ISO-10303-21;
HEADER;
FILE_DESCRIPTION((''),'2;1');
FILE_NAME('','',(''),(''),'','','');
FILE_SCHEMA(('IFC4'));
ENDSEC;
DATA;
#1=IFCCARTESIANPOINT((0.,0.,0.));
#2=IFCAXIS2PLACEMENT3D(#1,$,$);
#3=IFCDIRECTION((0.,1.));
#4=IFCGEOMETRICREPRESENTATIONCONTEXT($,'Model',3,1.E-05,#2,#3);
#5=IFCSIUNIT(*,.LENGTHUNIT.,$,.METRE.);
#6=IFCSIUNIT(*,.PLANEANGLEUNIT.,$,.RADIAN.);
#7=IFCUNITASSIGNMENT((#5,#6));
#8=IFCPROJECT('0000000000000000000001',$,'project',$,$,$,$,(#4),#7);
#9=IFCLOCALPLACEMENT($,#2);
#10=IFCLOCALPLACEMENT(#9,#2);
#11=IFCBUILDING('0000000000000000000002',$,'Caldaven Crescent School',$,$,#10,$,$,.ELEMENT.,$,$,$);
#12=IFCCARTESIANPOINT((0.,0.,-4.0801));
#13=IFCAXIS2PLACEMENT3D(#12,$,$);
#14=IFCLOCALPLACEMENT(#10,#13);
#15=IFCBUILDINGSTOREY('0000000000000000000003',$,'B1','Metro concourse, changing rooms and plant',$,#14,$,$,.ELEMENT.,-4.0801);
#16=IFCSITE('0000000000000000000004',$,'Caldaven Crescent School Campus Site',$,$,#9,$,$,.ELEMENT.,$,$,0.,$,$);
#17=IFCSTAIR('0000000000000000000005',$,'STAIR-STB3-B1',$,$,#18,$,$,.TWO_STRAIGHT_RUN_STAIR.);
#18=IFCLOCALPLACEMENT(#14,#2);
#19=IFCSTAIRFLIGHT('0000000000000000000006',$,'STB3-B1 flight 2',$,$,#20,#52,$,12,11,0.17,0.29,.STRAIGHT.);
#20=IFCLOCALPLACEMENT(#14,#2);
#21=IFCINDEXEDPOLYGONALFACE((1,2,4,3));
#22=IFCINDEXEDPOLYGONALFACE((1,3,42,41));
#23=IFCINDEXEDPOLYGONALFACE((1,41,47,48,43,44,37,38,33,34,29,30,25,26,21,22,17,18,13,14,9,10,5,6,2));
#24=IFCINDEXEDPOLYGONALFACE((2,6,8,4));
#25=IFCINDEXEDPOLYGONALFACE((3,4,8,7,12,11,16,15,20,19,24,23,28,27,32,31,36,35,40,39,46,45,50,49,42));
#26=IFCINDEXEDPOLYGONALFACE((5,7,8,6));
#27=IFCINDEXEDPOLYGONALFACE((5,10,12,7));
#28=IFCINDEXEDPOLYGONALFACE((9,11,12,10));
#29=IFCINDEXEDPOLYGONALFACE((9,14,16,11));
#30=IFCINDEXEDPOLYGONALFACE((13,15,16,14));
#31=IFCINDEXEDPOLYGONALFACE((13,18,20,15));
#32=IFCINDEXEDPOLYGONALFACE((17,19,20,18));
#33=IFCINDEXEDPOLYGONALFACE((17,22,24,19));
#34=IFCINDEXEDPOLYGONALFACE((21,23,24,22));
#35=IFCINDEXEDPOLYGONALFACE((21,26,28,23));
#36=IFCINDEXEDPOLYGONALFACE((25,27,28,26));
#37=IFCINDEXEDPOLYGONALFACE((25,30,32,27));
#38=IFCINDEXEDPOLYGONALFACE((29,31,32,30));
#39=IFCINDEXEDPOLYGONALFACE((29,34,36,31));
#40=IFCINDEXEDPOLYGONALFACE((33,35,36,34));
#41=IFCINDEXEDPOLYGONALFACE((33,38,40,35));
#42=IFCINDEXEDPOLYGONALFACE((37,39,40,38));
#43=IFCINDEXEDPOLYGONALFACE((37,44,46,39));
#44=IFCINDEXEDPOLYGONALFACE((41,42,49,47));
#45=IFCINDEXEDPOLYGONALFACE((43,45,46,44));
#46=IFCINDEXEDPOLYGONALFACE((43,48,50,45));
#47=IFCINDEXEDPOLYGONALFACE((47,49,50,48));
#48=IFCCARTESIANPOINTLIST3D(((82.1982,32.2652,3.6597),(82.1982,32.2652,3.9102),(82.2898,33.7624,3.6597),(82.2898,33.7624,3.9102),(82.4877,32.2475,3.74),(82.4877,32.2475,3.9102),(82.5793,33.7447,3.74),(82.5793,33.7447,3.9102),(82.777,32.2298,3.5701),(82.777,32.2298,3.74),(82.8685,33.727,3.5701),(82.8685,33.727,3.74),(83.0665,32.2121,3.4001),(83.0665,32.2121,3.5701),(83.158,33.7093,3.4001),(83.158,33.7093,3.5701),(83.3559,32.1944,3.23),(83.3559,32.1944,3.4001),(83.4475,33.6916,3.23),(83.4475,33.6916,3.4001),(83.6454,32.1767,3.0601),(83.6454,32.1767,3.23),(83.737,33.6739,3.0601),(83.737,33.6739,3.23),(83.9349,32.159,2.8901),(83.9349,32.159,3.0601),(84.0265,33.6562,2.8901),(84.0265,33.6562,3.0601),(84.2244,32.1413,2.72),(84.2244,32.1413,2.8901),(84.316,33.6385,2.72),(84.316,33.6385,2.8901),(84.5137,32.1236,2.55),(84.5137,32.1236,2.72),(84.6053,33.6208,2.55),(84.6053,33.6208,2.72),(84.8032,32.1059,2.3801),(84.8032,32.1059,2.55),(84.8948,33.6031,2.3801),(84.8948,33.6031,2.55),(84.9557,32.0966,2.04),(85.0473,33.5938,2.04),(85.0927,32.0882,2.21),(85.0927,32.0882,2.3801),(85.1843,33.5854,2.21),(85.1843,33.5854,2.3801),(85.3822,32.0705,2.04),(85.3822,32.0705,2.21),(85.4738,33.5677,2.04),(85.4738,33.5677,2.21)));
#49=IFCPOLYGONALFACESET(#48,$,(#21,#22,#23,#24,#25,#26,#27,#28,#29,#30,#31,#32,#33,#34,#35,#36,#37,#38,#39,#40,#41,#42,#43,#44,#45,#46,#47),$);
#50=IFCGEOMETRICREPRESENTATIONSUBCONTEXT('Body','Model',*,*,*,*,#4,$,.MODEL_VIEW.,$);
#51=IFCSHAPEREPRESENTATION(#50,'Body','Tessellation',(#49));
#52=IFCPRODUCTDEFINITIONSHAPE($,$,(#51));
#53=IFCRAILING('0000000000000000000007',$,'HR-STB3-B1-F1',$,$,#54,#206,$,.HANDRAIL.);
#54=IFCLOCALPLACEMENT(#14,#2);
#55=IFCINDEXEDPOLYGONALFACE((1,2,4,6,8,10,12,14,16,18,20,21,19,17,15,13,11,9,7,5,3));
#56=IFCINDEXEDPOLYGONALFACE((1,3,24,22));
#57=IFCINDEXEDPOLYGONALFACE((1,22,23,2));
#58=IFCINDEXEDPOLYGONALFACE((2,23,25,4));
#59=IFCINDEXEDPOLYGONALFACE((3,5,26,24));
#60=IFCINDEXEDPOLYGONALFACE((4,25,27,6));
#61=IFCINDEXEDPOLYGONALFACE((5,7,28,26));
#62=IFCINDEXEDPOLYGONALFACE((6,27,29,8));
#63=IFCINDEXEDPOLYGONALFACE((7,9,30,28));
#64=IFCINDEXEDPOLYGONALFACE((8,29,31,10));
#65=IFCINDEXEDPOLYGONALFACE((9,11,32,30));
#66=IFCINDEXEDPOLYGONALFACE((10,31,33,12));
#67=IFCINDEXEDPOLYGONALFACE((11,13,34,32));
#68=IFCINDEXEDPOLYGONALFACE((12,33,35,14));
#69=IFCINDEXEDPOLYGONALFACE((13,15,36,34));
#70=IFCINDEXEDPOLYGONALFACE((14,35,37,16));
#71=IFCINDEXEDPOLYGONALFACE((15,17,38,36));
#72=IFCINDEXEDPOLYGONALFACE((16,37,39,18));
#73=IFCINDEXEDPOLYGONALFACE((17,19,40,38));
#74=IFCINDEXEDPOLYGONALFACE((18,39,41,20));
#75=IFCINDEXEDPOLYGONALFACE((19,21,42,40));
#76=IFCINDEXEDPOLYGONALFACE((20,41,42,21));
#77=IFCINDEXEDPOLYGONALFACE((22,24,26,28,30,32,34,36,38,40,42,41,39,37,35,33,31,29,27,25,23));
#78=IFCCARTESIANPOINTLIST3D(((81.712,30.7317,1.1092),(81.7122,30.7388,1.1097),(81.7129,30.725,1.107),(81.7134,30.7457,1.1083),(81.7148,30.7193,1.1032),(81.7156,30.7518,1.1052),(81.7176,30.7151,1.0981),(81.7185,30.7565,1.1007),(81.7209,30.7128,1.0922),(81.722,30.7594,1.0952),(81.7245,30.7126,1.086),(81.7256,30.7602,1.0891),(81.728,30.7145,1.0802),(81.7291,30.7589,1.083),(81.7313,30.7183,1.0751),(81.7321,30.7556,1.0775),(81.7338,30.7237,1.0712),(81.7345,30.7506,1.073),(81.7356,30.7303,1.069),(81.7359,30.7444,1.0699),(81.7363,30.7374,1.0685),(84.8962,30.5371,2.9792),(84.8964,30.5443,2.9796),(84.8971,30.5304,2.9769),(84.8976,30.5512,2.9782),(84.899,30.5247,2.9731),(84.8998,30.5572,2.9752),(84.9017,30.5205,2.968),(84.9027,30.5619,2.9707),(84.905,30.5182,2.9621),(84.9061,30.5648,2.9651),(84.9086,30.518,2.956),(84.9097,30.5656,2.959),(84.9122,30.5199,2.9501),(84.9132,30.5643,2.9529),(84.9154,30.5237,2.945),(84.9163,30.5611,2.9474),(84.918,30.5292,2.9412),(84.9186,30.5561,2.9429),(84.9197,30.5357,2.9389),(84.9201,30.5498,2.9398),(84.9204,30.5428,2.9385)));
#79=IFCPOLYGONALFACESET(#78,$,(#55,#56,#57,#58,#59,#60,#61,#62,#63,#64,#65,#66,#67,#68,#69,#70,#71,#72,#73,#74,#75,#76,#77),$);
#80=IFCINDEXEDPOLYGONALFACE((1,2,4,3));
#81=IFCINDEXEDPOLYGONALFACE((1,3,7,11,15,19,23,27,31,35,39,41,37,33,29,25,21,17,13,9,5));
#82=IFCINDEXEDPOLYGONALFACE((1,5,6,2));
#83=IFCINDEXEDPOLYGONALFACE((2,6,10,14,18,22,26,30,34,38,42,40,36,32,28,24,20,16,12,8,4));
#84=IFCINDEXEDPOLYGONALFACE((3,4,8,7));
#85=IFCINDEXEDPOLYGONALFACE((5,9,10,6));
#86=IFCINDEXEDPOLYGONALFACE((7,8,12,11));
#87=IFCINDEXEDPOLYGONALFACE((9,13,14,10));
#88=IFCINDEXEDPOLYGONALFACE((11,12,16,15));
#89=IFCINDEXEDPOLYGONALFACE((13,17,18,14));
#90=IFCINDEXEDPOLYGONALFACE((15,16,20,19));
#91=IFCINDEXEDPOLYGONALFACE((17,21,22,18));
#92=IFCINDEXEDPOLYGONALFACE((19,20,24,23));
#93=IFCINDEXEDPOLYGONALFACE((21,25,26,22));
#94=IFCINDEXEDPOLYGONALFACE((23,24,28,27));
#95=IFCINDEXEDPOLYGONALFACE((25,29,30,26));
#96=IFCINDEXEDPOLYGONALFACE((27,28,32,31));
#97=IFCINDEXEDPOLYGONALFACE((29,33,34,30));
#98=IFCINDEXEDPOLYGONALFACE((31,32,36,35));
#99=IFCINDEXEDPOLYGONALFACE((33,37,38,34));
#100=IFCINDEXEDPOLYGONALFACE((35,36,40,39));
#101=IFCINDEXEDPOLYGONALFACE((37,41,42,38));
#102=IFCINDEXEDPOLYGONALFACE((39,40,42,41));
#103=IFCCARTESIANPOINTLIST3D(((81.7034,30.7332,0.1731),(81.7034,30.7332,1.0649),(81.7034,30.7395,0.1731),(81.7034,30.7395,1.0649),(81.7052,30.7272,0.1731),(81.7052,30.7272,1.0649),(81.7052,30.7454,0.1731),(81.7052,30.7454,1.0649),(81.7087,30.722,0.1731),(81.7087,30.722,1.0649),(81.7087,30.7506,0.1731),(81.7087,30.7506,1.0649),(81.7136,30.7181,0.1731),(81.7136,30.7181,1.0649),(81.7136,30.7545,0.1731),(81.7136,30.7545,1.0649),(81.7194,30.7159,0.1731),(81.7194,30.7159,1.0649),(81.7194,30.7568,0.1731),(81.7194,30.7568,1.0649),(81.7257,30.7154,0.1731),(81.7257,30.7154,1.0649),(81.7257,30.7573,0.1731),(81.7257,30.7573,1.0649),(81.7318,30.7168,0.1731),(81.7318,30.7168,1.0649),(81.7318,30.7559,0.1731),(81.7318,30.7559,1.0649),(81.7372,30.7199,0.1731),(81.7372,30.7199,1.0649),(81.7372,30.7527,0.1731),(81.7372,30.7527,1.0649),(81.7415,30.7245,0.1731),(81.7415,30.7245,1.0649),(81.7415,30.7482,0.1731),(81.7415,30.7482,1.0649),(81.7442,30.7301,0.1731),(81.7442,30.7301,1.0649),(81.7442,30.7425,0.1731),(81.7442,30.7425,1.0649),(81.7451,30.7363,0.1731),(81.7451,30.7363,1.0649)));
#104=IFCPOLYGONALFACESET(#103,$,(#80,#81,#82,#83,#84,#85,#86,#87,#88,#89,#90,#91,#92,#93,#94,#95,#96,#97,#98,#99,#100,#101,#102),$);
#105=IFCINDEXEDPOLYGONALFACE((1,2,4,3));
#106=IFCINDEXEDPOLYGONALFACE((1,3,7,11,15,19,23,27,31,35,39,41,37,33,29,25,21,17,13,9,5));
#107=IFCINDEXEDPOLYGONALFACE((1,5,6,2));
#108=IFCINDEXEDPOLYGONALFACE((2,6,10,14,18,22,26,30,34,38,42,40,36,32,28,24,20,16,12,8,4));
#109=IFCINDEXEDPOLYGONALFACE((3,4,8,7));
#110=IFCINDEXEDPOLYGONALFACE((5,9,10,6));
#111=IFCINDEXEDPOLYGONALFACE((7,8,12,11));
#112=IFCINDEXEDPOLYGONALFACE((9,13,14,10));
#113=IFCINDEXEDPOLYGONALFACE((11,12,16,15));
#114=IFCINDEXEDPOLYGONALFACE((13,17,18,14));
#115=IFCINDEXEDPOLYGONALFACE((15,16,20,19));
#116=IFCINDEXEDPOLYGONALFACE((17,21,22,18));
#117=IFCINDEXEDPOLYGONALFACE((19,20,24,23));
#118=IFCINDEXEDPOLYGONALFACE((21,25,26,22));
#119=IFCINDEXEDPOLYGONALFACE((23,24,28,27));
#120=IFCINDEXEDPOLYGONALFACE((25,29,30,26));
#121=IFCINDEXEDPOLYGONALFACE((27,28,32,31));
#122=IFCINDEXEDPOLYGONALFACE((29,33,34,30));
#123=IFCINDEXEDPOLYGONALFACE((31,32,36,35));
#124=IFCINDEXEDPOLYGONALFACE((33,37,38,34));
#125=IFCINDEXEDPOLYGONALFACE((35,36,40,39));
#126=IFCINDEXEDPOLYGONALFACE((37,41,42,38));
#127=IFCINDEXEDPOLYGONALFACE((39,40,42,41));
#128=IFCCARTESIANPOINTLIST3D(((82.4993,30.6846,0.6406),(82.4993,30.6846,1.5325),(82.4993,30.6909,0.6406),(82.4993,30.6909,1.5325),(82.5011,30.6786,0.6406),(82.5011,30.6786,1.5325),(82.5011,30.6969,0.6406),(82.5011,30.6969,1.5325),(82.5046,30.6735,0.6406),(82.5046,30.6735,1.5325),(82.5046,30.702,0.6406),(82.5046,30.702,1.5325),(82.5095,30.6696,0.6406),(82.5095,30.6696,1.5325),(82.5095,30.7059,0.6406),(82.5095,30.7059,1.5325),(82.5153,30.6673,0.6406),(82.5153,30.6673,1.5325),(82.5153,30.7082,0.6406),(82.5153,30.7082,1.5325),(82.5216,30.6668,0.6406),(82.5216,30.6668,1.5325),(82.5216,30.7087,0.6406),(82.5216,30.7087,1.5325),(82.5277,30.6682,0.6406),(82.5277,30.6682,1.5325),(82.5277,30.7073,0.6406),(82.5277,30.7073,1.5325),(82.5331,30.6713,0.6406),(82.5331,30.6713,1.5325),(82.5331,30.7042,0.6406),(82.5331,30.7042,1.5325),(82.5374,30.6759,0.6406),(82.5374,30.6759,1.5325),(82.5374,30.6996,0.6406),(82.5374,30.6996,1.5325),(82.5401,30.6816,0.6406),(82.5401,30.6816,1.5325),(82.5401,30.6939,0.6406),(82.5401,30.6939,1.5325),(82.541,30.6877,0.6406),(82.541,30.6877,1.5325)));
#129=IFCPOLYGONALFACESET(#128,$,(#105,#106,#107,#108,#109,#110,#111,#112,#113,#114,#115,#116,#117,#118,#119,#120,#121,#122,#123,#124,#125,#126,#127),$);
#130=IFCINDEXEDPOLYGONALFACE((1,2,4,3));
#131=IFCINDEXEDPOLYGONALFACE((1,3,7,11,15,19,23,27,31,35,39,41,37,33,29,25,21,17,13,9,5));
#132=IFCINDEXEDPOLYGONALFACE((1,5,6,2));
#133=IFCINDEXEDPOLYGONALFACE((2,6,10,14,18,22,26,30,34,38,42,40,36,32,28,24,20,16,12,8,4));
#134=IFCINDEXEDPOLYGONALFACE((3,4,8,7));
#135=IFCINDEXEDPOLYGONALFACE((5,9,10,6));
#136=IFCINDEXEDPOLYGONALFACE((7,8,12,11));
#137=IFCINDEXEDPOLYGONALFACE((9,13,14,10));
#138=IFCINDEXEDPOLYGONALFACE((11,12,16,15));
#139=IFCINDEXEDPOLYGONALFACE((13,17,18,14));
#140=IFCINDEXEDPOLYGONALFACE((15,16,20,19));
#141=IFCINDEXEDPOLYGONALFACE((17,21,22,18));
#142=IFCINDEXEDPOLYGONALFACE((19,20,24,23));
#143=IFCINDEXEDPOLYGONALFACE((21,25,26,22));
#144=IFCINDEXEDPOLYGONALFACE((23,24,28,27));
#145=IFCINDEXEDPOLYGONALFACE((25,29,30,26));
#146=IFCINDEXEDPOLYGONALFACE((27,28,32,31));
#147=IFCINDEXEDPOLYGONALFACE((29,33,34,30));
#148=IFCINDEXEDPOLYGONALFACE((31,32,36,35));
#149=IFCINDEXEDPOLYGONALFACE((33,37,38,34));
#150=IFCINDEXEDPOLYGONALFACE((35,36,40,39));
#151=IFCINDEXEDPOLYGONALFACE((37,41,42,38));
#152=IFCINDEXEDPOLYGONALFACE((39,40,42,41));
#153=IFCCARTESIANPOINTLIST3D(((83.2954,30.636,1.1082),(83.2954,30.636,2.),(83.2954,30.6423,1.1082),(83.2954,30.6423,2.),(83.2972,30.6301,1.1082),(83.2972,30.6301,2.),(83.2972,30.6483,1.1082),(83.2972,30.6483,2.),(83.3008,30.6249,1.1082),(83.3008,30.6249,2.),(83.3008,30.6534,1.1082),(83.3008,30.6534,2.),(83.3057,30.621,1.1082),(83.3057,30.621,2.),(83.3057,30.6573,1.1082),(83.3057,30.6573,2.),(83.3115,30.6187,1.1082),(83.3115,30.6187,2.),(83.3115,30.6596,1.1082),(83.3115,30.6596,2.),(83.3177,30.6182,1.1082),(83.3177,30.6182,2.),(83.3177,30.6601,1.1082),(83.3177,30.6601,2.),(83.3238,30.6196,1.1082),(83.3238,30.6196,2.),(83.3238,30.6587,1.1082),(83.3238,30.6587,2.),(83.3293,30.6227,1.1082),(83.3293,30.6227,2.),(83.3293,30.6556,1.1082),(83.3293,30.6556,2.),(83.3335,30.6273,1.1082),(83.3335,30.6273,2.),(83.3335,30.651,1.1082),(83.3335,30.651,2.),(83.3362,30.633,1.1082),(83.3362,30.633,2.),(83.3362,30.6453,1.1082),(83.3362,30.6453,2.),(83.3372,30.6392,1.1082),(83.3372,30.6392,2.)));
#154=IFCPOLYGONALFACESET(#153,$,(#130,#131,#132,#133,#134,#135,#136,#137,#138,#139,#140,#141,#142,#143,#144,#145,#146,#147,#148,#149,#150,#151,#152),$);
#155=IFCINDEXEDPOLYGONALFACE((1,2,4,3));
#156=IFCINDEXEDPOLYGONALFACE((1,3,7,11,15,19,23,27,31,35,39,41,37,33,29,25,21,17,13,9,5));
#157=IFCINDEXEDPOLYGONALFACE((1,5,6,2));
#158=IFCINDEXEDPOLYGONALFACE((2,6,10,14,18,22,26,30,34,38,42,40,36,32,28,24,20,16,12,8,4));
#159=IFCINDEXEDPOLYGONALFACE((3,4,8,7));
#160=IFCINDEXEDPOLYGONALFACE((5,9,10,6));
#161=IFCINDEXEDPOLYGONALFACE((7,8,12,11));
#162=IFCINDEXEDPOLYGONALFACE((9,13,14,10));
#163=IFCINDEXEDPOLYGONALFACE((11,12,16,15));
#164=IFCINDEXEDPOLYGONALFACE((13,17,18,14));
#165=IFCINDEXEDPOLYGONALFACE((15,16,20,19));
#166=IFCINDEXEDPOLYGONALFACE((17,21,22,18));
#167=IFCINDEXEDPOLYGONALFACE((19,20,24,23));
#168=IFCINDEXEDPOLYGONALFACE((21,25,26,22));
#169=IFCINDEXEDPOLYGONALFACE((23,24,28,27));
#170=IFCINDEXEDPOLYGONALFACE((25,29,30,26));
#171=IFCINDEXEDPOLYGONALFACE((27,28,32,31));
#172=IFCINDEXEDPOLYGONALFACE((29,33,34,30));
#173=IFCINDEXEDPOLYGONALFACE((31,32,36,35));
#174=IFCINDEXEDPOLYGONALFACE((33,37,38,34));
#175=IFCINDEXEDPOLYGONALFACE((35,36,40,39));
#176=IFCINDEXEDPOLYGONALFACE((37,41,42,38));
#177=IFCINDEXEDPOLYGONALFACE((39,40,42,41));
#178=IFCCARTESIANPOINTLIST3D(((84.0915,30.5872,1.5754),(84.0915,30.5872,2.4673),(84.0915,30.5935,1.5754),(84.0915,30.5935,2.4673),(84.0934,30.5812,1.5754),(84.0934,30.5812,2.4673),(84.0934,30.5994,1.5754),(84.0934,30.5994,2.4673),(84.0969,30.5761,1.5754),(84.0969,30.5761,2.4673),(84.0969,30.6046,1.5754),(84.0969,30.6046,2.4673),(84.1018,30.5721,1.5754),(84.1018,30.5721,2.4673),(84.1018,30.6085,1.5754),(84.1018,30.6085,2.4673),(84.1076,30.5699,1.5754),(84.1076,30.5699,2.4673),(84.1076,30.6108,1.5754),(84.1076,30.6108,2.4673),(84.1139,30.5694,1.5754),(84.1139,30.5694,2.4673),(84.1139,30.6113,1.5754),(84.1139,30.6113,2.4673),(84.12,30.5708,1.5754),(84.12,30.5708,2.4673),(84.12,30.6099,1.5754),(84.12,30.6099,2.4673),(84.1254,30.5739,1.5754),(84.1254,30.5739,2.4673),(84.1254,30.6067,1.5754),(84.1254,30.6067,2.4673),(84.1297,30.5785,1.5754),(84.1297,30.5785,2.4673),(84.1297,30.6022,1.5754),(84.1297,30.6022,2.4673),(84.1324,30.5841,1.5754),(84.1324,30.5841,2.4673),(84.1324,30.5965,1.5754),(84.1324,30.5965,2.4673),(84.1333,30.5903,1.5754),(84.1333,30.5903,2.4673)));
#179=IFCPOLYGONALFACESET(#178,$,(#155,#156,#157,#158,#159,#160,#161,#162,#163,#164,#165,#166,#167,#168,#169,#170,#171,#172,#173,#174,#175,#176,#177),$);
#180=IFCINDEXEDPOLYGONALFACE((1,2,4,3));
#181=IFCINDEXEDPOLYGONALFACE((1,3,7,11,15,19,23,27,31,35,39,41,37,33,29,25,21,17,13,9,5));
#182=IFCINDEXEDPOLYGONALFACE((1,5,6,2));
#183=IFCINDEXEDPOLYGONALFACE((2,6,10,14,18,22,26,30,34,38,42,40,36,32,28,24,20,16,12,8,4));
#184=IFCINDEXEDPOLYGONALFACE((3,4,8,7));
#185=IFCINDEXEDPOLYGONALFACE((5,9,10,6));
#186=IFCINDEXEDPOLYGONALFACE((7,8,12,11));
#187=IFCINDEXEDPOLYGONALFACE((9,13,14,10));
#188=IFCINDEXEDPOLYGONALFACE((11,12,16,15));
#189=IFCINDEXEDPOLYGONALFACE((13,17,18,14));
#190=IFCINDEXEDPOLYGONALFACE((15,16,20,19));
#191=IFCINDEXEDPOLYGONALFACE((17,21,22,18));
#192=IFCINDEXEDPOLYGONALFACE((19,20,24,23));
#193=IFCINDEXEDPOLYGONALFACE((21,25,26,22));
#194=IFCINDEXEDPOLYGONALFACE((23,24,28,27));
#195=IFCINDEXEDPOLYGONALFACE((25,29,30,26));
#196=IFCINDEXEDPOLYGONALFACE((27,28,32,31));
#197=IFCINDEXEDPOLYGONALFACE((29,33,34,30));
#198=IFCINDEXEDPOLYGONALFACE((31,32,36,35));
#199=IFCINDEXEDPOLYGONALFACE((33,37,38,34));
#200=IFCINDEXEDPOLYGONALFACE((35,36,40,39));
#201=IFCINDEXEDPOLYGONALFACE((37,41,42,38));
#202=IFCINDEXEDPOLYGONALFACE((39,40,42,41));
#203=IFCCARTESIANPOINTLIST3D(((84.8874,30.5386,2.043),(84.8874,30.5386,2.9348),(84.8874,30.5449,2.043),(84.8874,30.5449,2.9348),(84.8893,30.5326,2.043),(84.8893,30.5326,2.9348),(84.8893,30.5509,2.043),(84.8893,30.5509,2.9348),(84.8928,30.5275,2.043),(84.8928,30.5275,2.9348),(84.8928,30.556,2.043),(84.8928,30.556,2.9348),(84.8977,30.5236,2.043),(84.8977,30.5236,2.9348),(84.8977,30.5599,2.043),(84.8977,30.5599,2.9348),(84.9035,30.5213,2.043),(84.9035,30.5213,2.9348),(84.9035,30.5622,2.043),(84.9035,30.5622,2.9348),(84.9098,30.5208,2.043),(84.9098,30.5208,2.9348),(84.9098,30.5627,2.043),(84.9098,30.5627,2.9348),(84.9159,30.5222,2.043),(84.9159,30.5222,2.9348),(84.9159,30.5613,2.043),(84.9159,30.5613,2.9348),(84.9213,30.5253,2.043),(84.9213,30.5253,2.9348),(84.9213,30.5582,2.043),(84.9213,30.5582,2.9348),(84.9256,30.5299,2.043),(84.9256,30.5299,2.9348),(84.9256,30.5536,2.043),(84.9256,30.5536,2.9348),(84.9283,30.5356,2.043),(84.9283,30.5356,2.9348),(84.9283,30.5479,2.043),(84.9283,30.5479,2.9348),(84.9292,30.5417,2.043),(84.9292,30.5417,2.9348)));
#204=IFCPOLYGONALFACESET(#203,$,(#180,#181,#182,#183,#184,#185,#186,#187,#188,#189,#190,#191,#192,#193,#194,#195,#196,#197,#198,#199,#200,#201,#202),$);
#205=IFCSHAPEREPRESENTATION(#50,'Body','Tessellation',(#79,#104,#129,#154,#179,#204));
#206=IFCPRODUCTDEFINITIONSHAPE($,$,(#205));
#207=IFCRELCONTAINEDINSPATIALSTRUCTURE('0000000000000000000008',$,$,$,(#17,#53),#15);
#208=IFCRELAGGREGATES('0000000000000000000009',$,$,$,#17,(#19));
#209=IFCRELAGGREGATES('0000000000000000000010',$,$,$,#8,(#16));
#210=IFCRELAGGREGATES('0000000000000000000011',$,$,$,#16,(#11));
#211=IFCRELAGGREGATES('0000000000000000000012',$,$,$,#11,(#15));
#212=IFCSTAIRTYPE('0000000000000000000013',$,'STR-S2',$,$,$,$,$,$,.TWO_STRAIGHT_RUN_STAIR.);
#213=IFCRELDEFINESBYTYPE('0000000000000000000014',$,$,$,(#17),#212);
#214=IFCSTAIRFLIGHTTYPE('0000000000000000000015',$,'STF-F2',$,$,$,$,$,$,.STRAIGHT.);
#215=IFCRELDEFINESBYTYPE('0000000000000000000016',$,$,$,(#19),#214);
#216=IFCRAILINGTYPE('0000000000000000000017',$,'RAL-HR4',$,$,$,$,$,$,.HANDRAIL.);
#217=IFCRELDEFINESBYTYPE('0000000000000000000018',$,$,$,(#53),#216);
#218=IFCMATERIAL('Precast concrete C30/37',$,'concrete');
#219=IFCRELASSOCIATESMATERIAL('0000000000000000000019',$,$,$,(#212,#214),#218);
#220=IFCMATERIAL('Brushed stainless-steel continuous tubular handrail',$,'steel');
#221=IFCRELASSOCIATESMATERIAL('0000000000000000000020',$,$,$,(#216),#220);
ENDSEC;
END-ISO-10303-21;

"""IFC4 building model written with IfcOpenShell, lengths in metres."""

from ifc_helpers import new_model, si_unit, direction, frame, origin, origin_2d, place, context, subcontext, project, spatial, polyline, circle, outline, extrude, material, type_object, element, aggregate, save


model = new_model("IFC4")

# Units and contexts
model_context = context("Model", 3, precision=1e-05, world=origin(), true_north=direction((0.0, 1.0)))
body_context = subcontext(model_context, "Body", "Model", "MODEL_VIEW")
ifc_project = project(units=[si_unit("LENGTHUNIT", "METRE"), si_unit("PLANEANGLEUNIT", "RADIAN")], contexts=[model_context])

# Site, building, storey
site_placement = place(None, origin())
site = spatial("IfcSite", under=ifc_project, at=site_placement, Name="Caldaven Crescent School Campus Site", CompositionType="ELEMENT", RefElevation=0.0)
building_placement = place(site_placement, origin())
building = spatial("IfcBuilding", under=site, at=building_placement, Name="Caldaven Crescent School", CompositionType="ELEMENT")
storey_placement = place(building_placement, frame((0.0, 0.0, -4.0801)))
storey = spatial("IfcBuildingStorey", under=building, at=storey_placement, Name="B1", Description="Metro concourse, changing rooms and plant", CompositionType="ELEMENT", Elevation=-4.0801)

# Stair, stair flight
ifc_material_1 = material(Name="Precast concrete C30/37", Category="concrete")
stair_type = type_object("IfcStairType", Name="STR-S2", PredefinedType="TWO_STRAIGHT_RUN_STAIR", material=ifc_material_1)
stair_placement = place(storey_placement, origin())
stair = element("IfcStair", 1, at=stair_placement, inside=storey, type_object=stair_type, Name="STAIR-STB3-B1", PredefinedType="TWO_STRAIGHT_RUN_STAIR")
stair_flight_type = type_object("IfcStairFlightType", Name="STF-F2", PredefinedType="STRAIGHT", material=ifc_material_1)
stair_flight_1_placement = place(storey_placement, frame((85.428, 32.8191, 2.04), z_axis=(0.0, 0.0, 1.0), x_axis=(-0.998135, 0.061049, 0.0)))
stair_flight_1 = element("IfcStairFlight", 2, at=stair_flight_1_placement, type_object=stair_flight_type, Name="STB3-B1 flight 2", NumberOfRisers=12, NumberOfTreads=11, PredefinedType="STRAIGHT", RiserHeight=0.17, TreadLength=0.29, context=body_context, shape_type="SweptSolid", body=[
    extrude(outline(polyline([(0.0, 0.0), (0.0, 0.1699), (0.29, 0.1699), (0.29, 0.3401), (0.5801, 0.3401), (0.5801, 0.51), (0.8701, 0.51), (0.8701, 0.6799), (1.1599, 0.6799), (1.1599, 0.8501), (1.45, 0.8501), (1.45, 1.02), (1.74, 1.02), (1.74, 1.1899), (2.03, 1.1899), (2.03, 1.3601), (2.3201, 1.3601), (2.3201, 1.53), (2.6101, 1.53), (2.6101, 1.7), (2.8999, 1.7), (2.8999, 1.8701), (3.1899, 1.8701), (3.1899, 2.04), (3.1899, 1.6196), (0.4272, 0.0), (0.0, 0.0)])), frame((0.0, 0.75, 0.0), z_axis=(0.0, -1.0, 0.0), x_axis=(1.0, 0.0, 0.0)), (0.0, 0.0, 1.0), 1.5),
])
aggregate(stair, [stair_flight_1])

# Railing
ifc_material_2 = material(Name="Brushed stainless-steel continuous tubular handrail", Category="steel")
railing_type_1 = type_object("IfcRailingType", Name="RAL-HR4", PredefinedType="HANDRAIL", material=ifc_material_2)
railing_1_placement = place(storey_placement, frame((81.7241, 30.7363, 0.1731)))
element("IfcRailing", 3, at=railing_1_placement, inside=storey, type_object=railing_type_1, Name="HR-STB3-B1-F1", PredefinedType="HANDRAIL", context=body_context, shape_type="SweptSolid", body=[
    extrude(circle(Radius=0.0239, at=origin_2d()), frame((0.0, 0.0, 0.916), z_axis=(0.861108, -0.052623, 0.505691), x_axis=(0.060996, 0.998138, 0.0)), (0.0, 0.0, 1.0), 3.6978),
    extrude(circle(Radius=0.021, at=origin_2d()), origin(), (0.0, 0.0, 1.0), 0.8918),
    extrude(circle(Radius=0.021, at=origin_2d()), frame((0.7959, -0.0486, 0.4675)), (0.0, 0.0, 1.0), 0.8918),
    extrude(circle(Radius=0.021, at=origin_2d()), frame((1.592, -0.0972, 0.9351)), (0.0, 0.0, 1.0), 0.8918),
    extrude(circle(Radius=0.021, at=origin_2d()), frame((2.3882, -0.146, 1.4023)), (0.0, 0.0, 1.0), 0.8918),
    extrude(circle(Radius=0.021, at=origin_2d()), frame((3.1841, -0.1946, 1.8699)), (0.0, 0.0, 1.0), 0.8918),
])

save(model, "model.ifc")
